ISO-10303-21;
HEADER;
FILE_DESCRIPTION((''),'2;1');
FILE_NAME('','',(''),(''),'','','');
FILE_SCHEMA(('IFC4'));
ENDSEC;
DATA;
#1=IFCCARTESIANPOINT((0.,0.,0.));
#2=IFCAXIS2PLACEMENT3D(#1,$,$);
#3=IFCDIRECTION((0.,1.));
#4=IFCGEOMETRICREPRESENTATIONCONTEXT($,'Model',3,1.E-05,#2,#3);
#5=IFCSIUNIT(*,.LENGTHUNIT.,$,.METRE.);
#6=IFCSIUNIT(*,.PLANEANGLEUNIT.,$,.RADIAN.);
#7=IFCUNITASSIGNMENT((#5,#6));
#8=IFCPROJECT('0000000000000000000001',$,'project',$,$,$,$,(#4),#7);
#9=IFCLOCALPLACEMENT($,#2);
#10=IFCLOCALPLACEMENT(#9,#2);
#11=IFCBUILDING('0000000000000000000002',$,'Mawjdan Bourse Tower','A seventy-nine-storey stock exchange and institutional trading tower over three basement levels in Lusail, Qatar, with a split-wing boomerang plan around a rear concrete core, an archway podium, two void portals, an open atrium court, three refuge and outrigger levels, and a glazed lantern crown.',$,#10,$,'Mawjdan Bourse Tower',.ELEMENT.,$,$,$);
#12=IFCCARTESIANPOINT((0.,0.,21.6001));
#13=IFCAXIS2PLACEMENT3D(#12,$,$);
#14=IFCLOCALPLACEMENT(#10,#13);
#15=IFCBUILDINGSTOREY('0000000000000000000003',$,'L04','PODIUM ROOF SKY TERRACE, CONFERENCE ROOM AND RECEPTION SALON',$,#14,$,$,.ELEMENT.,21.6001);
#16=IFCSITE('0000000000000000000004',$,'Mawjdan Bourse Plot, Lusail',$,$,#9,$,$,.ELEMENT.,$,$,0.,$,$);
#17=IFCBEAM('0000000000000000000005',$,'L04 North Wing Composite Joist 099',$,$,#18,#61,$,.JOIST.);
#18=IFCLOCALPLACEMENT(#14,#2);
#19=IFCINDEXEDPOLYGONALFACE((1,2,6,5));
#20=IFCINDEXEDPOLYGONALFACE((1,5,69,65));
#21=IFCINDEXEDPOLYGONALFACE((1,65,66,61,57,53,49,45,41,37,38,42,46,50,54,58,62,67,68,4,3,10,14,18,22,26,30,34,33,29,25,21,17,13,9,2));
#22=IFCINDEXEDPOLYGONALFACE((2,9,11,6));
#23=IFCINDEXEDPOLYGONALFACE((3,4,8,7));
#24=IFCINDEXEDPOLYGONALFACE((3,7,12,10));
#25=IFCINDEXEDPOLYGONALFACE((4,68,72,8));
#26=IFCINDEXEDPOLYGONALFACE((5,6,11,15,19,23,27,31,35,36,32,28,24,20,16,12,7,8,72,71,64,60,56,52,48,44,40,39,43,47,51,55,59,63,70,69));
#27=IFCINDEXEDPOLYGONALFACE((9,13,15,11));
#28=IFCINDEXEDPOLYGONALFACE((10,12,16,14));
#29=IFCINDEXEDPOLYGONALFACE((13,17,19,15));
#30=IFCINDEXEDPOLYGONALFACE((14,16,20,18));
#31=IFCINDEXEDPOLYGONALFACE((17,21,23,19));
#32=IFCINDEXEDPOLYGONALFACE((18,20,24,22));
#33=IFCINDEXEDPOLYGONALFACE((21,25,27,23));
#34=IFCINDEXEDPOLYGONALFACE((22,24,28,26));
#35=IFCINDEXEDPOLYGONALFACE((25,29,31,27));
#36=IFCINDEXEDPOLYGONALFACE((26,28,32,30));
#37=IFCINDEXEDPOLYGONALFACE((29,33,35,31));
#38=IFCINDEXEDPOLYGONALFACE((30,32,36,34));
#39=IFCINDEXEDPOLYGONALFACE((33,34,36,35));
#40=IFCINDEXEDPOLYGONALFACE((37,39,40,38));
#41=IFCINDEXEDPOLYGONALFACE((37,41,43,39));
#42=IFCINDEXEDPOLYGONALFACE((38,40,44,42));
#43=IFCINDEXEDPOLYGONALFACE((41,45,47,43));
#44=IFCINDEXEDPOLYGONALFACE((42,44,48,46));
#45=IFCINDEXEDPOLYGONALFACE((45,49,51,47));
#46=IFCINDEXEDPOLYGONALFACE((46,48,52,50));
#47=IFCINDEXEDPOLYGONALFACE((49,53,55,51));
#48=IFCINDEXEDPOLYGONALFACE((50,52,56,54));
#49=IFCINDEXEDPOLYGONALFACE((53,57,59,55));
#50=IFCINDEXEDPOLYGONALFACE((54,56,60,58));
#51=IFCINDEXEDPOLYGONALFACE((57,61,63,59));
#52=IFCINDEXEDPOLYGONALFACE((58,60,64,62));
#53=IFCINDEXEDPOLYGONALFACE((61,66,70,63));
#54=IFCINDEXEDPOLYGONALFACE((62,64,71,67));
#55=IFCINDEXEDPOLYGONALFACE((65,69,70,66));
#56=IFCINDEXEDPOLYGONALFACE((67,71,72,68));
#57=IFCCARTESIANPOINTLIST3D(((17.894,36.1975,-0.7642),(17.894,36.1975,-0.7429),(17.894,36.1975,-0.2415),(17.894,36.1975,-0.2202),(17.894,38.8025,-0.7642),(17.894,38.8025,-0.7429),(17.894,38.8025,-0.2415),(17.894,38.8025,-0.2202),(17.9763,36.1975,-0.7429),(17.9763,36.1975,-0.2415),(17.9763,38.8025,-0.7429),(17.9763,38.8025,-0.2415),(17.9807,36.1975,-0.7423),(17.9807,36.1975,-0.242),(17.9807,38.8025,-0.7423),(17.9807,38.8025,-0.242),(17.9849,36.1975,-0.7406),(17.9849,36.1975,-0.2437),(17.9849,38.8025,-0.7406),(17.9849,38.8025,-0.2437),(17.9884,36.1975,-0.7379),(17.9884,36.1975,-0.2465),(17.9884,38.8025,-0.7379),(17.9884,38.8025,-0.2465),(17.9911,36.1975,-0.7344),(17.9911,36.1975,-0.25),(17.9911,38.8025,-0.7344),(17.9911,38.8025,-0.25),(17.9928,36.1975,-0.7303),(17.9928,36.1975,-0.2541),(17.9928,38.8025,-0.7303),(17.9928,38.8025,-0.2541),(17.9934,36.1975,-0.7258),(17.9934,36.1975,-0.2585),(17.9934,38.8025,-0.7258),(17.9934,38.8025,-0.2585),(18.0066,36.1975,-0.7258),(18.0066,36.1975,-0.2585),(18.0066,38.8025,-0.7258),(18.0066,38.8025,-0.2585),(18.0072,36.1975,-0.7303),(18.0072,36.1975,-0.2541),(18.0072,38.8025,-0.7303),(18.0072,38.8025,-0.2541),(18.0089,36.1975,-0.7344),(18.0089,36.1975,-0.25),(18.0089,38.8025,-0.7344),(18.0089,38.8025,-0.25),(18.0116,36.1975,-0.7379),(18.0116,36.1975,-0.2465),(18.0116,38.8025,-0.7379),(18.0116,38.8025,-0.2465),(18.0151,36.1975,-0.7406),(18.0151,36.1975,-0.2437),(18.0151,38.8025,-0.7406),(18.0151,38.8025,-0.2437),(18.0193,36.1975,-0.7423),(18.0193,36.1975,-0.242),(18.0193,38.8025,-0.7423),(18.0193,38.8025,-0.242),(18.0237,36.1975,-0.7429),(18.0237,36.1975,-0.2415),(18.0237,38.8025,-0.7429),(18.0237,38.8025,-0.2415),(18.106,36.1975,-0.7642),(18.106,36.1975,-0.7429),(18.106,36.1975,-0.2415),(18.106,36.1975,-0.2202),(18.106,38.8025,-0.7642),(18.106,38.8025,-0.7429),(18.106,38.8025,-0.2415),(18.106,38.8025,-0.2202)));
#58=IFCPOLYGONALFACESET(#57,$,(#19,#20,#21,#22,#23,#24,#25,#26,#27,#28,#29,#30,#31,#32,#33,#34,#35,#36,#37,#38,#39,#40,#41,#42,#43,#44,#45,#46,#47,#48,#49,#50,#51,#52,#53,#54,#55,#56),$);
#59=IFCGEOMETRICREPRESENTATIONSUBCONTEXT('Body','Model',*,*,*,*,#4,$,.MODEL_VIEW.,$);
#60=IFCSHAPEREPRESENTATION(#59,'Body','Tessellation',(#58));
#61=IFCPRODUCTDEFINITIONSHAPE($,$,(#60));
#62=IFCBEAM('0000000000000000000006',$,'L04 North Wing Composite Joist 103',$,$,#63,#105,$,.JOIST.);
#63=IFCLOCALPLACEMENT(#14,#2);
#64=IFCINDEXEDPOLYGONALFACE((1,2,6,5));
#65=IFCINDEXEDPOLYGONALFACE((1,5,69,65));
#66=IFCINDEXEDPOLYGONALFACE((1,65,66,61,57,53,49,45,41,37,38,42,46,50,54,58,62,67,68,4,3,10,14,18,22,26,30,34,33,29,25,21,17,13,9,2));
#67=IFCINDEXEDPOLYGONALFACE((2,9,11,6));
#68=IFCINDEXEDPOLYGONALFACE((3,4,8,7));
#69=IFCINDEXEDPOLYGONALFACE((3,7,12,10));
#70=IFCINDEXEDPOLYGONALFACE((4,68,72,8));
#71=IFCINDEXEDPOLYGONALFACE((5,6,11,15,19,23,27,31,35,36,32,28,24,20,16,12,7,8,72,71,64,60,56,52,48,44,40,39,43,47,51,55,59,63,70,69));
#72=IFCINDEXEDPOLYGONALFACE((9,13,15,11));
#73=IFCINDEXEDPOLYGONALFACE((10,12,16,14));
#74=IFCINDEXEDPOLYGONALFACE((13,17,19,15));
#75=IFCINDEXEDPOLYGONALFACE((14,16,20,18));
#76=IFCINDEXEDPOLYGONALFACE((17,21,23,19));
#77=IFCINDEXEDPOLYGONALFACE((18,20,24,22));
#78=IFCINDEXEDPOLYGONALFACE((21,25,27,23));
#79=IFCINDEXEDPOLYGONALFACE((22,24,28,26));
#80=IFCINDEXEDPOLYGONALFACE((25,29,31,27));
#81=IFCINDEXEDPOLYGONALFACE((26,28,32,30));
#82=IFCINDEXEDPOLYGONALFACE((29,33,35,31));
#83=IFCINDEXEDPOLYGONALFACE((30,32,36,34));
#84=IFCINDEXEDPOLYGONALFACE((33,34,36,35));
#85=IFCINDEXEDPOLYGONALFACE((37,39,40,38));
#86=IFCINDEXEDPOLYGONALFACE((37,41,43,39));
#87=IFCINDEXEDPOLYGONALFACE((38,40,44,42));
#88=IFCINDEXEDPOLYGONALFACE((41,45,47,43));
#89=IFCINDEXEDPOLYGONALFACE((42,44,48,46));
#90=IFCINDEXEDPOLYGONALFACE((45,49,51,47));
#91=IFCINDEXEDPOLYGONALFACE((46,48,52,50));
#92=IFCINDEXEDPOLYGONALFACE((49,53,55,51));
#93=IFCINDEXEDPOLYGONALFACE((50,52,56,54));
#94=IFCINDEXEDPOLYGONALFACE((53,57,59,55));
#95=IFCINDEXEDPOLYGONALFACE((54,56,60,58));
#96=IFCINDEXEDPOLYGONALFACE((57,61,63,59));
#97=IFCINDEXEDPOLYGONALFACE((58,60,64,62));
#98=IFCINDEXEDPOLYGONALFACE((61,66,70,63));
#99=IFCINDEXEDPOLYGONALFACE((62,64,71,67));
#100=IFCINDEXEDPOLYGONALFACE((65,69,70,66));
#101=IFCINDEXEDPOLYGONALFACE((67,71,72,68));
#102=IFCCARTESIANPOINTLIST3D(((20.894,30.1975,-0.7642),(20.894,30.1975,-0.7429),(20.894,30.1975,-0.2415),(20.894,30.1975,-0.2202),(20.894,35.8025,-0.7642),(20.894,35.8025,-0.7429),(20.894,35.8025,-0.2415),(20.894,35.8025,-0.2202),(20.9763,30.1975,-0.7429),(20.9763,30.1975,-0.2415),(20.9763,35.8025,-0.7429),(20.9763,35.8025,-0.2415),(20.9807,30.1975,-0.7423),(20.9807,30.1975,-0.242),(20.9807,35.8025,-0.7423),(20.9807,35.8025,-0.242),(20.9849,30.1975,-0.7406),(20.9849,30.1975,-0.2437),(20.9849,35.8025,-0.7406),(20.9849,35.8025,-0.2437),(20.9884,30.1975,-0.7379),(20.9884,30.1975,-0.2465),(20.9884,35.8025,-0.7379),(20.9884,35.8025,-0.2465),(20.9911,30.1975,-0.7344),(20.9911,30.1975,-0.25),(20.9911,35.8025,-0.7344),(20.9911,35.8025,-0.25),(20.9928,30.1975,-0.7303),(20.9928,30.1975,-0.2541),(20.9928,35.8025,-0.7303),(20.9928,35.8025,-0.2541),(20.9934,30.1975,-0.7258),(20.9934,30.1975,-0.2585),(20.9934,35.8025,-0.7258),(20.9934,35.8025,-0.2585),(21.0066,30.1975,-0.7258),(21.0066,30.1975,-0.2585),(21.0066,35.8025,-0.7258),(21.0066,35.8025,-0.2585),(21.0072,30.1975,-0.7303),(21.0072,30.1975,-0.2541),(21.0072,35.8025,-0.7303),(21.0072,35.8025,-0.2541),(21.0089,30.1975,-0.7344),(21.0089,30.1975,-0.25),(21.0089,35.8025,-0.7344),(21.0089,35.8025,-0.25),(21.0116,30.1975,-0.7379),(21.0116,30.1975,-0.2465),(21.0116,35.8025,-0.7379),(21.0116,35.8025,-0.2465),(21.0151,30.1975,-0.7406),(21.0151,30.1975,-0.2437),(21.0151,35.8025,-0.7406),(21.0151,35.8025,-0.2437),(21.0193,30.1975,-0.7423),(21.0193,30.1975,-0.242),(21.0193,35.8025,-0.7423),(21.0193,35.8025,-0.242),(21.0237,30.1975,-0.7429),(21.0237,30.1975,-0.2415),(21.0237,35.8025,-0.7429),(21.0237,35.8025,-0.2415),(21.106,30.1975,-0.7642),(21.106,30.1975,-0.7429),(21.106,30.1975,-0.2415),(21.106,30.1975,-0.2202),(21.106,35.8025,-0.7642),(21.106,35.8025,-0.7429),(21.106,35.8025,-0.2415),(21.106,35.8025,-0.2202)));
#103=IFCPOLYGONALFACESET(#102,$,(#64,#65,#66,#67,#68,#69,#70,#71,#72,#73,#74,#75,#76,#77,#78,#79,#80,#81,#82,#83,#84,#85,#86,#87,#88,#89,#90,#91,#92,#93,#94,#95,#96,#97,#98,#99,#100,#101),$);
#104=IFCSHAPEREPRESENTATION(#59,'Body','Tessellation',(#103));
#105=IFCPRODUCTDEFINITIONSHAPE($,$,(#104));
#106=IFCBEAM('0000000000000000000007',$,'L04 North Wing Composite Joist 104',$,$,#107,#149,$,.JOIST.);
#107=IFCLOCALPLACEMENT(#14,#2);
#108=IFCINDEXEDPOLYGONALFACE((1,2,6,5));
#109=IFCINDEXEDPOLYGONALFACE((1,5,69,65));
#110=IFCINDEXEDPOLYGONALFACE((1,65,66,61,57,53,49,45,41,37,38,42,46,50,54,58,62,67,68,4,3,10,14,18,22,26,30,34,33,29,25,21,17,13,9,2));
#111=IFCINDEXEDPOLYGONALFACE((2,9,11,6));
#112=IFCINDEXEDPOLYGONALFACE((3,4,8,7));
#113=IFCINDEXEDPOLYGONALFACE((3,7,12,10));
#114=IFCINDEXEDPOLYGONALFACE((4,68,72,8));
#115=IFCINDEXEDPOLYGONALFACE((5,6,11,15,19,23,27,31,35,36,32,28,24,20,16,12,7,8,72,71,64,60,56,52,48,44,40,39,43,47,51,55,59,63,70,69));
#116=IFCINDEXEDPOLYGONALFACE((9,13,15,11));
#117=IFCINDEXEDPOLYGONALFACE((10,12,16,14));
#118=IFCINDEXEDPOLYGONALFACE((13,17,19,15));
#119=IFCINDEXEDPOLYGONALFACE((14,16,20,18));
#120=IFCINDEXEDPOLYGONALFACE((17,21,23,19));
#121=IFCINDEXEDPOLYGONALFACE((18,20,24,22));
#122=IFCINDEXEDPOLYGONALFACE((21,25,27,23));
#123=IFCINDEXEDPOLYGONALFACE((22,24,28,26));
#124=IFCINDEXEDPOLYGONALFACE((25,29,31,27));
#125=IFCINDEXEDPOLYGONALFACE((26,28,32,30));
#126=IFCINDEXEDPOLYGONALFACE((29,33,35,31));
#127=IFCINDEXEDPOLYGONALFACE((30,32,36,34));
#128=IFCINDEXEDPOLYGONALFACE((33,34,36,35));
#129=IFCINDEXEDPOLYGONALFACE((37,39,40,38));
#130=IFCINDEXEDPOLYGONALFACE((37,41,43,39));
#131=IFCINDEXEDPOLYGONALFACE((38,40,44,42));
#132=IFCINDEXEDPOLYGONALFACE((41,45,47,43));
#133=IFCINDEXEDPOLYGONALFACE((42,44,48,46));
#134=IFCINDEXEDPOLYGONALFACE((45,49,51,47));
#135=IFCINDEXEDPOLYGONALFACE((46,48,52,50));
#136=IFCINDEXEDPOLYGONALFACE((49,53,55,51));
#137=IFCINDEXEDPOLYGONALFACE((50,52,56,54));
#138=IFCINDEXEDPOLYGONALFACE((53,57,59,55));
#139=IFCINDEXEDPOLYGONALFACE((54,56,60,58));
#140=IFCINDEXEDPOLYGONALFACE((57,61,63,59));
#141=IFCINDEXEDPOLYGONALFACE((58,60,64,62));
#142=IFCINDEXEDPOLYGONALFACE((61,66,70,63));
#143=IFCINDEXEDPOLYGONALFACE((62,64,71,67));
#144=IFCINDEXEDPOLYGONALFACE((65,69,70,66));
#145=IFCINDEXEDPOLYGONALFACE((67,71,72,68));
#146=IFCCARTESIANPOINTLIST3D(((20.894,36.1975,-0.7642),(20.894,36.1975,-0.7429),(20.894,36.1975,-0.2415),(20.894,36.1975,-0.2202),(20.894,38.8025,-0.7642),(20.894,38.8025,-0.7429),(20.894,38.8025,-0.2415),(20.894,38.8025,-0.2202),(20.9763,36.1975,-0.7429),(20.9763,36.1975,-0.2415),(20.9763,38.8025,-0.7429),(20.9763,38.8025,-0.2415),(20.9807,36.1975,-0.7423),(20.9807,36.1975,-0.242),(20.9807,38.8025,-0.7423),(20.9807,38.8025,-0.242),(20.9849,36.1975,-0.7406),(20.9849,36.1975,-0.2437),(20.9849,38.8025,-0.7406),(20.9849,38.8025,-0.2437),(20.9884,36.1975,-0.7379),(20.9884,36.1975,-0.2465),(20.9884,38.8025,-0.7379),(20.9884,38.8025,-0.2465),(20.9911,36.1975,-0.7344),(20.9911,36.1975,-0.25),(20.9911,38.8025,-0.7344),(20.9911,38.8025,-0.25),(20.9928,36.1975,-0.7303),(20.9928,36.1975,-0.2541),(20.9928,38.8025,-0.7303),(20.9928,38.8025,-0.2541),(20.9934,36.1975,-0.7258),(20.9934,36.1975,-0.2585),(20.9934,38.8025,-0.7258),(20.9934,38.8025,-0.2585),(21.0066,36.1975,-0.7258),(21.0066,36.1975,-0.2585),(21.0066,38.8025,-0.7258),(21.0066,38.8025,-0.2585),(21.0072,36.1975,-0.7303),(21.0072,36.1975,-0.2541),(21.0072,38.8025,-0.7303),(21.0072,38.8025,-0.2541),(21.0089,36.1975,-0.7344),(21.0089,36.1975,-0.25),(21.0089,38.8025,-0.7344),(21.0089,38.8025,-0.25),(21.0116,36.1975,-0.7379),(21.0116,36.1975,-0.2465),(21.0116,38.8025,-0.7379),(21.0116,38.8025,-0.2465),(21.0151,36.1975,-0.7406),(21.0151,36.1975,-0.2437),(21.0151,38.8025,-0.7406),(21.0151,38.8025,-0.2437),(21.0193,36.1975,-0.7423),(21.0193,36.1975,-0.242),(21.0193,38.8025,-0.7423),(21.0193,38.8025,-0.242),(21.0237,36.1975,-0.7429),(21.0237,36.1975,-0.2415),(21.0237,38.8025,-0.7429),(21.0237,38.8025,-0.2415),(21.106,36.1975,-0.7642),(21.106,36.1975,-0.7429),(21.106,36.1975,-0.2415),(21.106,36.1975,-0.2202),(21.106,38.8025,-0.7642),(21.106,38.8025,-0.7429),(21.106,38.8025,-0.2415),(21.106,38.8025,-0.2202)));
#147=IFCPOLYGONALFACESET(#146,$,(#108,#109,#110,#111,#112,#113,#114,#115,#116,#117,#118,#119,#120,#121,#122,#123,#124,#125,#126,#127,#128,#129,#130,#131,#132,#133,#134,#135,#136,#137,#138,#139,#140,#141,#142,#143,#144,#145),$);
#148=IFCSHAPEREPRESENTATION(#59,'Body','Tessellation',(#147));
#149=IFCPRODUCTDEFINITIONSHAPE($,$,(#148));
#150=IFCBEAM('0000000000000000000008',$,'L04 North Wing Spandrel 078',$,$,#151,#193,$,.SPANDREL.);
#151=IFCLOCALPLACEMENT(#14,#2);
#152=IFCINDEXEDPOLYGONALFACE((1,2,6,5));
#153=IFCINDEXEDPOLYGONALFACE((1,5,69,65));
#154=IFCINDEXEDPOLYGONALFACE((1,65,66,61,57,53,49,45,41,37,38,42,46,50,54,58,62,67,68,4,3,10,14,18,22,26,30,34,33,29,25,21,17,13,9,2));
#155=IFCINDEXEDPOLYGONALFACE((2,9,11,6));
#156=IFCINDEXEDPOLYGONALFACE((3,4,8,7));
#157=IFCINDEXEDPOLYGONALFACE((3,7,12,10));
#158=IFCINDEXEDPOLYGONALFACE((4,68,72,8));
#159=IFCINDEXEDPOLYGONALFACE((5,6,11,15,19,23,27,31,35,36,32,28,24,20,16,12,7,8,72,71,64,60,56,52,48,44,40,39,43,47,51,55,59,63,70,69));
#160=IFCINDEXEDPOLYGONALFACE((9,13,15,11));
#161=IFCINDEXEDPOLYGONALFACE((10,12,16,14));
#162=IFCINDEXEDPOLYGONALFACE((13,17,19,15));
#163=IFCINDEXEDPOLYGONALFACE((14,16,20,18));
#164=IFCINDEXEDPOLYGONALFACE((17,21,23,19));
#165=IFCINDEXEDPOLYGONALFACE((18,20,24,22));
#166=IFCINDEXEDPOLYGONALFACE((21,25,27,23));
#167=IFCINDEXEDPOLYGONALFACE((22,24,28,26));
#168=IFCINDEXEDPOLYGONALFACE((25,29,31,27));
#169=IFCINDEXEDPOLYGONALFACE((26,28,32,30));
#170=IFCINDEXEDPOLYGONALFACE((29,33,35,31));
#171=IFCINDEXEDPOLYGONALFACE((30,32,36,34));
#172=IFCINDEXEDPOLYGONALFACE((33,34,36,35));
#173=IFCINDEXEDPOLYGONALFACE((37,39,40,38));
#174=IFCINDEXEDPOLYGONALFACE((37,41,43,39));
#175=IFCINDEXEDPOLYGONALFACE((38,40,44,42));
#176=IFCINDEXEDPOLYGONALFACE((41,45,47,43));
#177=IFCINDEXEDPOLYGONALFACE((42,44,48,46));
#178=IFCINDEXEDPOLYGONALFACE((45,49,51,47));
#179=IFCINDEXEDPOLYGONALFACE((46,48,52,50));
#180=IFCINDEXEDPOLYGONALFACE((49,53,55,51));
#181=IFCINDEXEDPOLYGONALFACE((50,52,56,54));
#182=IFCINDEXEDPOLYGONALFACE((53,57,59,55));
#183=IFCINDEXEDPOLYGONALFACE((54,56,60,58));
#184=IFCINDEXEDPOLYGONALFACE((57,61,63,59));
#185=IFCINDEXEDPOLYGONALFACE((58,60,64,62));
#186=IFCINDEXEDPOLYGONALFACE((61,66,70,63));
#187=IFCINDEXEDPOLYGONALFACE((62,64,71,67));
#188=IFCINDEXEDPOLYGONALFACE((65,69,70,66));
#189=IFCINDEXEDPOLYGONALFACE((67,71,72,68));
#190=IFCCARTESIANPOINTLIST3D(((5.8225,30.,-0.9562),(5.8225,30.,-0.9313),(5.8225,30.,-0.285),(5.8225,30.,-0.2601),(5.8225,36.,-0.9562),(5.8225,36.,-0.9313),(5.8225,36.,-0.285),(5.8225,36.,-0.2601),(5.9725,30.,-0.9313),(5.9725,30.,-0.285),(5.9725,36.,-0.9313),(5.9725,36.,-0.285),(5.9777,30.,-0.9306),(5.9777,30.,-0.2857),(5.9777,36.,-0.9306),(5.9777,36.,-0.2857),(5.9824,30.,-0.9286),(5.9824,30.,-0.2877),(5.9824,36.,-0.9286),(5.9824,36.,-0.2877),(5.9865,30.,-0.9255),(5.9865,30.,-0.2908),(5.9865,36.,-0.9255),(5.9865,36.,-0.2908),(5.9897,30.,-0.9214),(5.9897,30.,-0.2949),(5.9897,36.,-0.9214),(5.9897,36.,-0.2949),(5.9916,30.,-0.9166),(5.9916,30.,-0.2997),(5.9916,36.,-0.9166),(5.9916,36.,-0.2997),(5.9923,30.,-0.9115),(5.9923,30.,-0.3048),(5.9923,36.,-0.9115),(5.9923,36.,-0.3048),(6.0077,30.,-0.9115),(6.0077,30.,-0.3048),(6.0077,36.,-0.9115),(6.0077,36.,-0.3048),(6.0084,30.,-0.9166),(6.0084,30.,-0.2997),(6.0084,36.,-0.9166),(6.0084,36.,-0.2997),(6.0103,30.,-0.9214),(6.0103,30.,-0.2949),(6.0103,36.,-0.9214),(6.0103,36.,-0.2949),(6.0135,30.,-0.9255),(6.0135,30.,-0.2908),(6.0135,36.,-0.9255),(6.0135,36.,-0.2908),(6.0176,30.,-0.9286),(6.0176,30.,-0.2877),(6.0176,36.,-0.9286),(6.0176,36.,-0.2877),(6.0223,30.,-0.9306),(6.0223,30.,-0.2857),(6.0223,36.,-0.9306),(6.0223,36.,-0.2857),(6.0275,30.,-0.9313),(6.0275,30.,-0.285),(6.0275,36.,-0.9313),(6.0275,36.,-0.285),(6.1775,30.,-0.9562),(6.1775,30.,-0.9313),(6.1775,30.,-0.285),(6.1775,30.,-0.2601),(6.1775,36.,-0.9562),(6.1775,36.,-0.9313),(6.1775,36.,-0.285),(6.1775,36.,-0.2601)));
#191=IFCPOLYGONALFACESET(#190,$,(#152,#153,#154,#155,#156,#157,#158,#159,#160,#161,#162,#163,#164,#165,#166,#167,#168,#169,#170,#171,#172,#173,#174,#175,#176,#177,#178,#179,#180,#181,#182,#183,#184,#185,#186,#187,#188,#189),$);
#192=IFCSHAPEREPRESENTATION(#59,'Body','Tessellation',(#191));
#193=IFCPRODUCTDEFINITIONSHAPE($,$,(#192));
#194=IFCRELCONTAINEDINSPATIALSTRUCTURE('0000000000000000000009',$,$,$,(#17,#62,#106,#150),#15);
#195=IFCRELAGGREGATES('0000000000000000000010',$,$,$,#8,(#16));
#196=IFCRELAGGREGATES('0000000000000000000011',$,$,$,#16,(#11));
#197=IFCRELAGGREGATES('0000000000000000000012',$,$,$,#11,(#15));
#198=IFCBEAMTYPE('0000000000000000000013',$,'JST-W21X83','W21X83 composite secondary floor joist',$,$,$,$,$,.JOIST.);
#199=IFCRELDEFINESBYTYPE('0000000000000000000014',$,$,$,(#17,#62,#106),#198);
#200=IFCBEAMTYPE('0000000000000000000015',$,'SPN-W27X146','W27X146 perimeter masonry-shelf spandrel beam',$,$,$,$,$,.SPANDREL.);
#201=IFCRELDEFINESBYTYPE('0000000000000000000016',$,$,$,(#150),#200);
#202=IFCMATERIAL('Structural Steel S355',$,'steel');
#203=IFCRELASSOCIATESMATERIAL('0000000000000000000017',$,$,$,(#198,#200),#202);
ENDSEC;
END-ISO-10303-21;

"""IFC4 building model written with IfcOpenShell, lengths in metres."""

from ifc_helpers import new_model, si_unit, direction, frame, origin, origin_2d, place, context, subcontext, project, spatial, i_section, extrude, material, material_profile, profile_set, type_object, element, save


model = new_model("IFC4")

# Units and contexts
model_context = context("Model", 3, precision=1e-05, world=origin(), true_north=direction((0.0, 1.0)))
body_context = subcontext(model_context, "Body", "Model", "MODEL_VIEW")
ifc_project = project(units=[si_unit("LENGTHUNIT", "METRE"), si_unit("PLANEANGLEUNIT", "RADIAN")], contexts=[model_context])

# Site, building, storey
site_placement = place(None, origin())
site = spatial("IfcSite", under=ifc_project, at=site_placement, Name="Mawjdan Bourse Plot, Lusail", CompositionType="ELEMENT", RefElevation=0.0)
building_placement = place(site_placement, origin())
building = spatial("IfcBuilding", under=site, at=building_placement, Name="Mawjdan Bourse Tower", Description="A seventy-nine-storey stock exchange and institutional trading tower over three basement levels in Lusail, Qatar, with a split-wing boomerang plan around a rear concrete core, an archway podium, two void portals, an open atrium court, three refuge and outrigger levels, and a glazed lantern crown.", LongName="Mawjdan Bourse Tower", CompositionType="ELEMENT")
storey_placement = place(building_placement, frame((0.0, 0.0, 21.6001)))
storey = spatial("IfcBuildingStorey", under=building, at=storey_placement, Name="L04", Description="PODIUM ROOF SKY TERRACE, CONFERENCE ROOM AND RECEPTION SALON", CompositionType="ELEMENT", Elevation=21.6001)

# Beams
ifc_material_1 = material(Name="Structural Steel S355", Category="steel")
ifc_material_profile_1 = material_profile(ifc_material_1, i_section(OverallWidth=0.2119, OverallDepth=0.5439, WebThickness=0.0132, FlangeThickness=0.0212, FilletRadius=0.0171, at=origin_2d()), Name="W21X83")
ifc_profile_set_1 = profile_set([ifc_material_profile_1], Name="Structural Steel S355")
beam_type_1 = type_object("IfcBeamType", Name="JST-W21X83", Description="W21X83 composite secondary floor joist", PredefinedType="JOIST", material=ifc_profile_set_1)
beam_1_placement = place(storey_placement, frame((18.0, 36.1975, -0.4922), z_axis=(0.0, 1.0, 0.0), x_axis=(-1.0, 0.0, 0.0)))
element("IfcBeam", 1, at=beam_1_placement, inside=storey, type_object=beam_type_1, Name="L04 North Wing Composite Joist 099", PredefinedType="JOIST", context=body_context, shape_type="SweptSolid", body=[
    extrude(i_section(OverallWidth=0.2119, OverallDepth=0.5439, WebThickness=0.0132, FlangeThickness=0.0212, FilletRadius=0.0171, at=origin_2d()), origin(), (0.0, 0.0, 1.0), 2.605),
])
beam_2_placement = place(storey_placement, frame((21.0, 30.1975, -0.4922), z_axis=(0.0, 1.0, 0.0), x_axis=(-1.0, 0.0, 0.0)))
element("IfcBeam", 2, at=beam_2_placement, inside=storey, type_object=beam_type_1, Name="L04 North Wing Composite Joist 103", PredefinedType="JOIST", context=body_context, shape_type="SweptSolid", body=[
    extrude(i_section(OverallWidth=0.2119, OverallDepth=0.5439, WebThickness=0.0132, FlangeThickness=0.0212, FilletRadius=0.0171, at=origin_2d()), origin(), (0.0, 0.0, 1.0), 5.605),
])
beam_3_placement = place(storey_placement, frame((21.0, 36.1975, -0.4922), z_axis=(0.0, 1.0, 0.0), x_axis=(-1.0, 0.0, 0.0)))
element("IfcBeam", 3, at=beam_3_placement, inside=storey, type_object=beam_type_1, Name="L04 North Wing Composite Joist 104", PredefinedType="JOIST", context=body_context, shape_type="SweptSolid", body=[
    extrude(i_section(OverallWidth=0.2119, OverallDepth=0.5439, WebThickness=0.0132, FlangeThickness=0.0212, FilletRadius=0.0171, at=origin_2d()), origin(), (0.0, 0.0, 1.0), 2.605),
])
ifc_material_profile_2 = material_profile(ifc_material_1, i_section(OverallWidth=0.355, OverallDepth=0.696, WebThickness=0.0154, FlangeThickness=0.0249, FilletRadius=0.0198, at=origin_2d()), Name="W27X146")
ifc_profile_set_2 = profile_set([ifc_material_profile_2], Name="Structural Steel S355")
beam_type_2 = type_object("IfcBeamType", Name="SPN-W27X146", Description="W27X146 perimeter masonry-shelf spandrel beam", PredefinedType="SPANDREL", material=ifc_profile_set_2)
beam_4_placement = place(storey_placement, frame((6.0, 30.0, -0.6082), z_axis=(0.0, 1.0, 0.0), x_axis=(-1.0, 0.0, 0.0)))
element("IfcBeam", 4, at=beam_4_placement, inside=storey, type_object=beam_type_2, Name="L04 North Wing Spandrel 078", PredefinedType="SPANDREL", context=body_context, shape_type="SweptSolid", body=[
    extrude(i_section(OverallWidth=0.355, OverallDepth=0.696, WebThickness=0.0154, FlangeThickness=0.0249, FilletRadius=0.0198, at=origin_2d()), origin(), (0.0, 0.0, 1.0), 6.0),
])

save(model, "model.ifc")
